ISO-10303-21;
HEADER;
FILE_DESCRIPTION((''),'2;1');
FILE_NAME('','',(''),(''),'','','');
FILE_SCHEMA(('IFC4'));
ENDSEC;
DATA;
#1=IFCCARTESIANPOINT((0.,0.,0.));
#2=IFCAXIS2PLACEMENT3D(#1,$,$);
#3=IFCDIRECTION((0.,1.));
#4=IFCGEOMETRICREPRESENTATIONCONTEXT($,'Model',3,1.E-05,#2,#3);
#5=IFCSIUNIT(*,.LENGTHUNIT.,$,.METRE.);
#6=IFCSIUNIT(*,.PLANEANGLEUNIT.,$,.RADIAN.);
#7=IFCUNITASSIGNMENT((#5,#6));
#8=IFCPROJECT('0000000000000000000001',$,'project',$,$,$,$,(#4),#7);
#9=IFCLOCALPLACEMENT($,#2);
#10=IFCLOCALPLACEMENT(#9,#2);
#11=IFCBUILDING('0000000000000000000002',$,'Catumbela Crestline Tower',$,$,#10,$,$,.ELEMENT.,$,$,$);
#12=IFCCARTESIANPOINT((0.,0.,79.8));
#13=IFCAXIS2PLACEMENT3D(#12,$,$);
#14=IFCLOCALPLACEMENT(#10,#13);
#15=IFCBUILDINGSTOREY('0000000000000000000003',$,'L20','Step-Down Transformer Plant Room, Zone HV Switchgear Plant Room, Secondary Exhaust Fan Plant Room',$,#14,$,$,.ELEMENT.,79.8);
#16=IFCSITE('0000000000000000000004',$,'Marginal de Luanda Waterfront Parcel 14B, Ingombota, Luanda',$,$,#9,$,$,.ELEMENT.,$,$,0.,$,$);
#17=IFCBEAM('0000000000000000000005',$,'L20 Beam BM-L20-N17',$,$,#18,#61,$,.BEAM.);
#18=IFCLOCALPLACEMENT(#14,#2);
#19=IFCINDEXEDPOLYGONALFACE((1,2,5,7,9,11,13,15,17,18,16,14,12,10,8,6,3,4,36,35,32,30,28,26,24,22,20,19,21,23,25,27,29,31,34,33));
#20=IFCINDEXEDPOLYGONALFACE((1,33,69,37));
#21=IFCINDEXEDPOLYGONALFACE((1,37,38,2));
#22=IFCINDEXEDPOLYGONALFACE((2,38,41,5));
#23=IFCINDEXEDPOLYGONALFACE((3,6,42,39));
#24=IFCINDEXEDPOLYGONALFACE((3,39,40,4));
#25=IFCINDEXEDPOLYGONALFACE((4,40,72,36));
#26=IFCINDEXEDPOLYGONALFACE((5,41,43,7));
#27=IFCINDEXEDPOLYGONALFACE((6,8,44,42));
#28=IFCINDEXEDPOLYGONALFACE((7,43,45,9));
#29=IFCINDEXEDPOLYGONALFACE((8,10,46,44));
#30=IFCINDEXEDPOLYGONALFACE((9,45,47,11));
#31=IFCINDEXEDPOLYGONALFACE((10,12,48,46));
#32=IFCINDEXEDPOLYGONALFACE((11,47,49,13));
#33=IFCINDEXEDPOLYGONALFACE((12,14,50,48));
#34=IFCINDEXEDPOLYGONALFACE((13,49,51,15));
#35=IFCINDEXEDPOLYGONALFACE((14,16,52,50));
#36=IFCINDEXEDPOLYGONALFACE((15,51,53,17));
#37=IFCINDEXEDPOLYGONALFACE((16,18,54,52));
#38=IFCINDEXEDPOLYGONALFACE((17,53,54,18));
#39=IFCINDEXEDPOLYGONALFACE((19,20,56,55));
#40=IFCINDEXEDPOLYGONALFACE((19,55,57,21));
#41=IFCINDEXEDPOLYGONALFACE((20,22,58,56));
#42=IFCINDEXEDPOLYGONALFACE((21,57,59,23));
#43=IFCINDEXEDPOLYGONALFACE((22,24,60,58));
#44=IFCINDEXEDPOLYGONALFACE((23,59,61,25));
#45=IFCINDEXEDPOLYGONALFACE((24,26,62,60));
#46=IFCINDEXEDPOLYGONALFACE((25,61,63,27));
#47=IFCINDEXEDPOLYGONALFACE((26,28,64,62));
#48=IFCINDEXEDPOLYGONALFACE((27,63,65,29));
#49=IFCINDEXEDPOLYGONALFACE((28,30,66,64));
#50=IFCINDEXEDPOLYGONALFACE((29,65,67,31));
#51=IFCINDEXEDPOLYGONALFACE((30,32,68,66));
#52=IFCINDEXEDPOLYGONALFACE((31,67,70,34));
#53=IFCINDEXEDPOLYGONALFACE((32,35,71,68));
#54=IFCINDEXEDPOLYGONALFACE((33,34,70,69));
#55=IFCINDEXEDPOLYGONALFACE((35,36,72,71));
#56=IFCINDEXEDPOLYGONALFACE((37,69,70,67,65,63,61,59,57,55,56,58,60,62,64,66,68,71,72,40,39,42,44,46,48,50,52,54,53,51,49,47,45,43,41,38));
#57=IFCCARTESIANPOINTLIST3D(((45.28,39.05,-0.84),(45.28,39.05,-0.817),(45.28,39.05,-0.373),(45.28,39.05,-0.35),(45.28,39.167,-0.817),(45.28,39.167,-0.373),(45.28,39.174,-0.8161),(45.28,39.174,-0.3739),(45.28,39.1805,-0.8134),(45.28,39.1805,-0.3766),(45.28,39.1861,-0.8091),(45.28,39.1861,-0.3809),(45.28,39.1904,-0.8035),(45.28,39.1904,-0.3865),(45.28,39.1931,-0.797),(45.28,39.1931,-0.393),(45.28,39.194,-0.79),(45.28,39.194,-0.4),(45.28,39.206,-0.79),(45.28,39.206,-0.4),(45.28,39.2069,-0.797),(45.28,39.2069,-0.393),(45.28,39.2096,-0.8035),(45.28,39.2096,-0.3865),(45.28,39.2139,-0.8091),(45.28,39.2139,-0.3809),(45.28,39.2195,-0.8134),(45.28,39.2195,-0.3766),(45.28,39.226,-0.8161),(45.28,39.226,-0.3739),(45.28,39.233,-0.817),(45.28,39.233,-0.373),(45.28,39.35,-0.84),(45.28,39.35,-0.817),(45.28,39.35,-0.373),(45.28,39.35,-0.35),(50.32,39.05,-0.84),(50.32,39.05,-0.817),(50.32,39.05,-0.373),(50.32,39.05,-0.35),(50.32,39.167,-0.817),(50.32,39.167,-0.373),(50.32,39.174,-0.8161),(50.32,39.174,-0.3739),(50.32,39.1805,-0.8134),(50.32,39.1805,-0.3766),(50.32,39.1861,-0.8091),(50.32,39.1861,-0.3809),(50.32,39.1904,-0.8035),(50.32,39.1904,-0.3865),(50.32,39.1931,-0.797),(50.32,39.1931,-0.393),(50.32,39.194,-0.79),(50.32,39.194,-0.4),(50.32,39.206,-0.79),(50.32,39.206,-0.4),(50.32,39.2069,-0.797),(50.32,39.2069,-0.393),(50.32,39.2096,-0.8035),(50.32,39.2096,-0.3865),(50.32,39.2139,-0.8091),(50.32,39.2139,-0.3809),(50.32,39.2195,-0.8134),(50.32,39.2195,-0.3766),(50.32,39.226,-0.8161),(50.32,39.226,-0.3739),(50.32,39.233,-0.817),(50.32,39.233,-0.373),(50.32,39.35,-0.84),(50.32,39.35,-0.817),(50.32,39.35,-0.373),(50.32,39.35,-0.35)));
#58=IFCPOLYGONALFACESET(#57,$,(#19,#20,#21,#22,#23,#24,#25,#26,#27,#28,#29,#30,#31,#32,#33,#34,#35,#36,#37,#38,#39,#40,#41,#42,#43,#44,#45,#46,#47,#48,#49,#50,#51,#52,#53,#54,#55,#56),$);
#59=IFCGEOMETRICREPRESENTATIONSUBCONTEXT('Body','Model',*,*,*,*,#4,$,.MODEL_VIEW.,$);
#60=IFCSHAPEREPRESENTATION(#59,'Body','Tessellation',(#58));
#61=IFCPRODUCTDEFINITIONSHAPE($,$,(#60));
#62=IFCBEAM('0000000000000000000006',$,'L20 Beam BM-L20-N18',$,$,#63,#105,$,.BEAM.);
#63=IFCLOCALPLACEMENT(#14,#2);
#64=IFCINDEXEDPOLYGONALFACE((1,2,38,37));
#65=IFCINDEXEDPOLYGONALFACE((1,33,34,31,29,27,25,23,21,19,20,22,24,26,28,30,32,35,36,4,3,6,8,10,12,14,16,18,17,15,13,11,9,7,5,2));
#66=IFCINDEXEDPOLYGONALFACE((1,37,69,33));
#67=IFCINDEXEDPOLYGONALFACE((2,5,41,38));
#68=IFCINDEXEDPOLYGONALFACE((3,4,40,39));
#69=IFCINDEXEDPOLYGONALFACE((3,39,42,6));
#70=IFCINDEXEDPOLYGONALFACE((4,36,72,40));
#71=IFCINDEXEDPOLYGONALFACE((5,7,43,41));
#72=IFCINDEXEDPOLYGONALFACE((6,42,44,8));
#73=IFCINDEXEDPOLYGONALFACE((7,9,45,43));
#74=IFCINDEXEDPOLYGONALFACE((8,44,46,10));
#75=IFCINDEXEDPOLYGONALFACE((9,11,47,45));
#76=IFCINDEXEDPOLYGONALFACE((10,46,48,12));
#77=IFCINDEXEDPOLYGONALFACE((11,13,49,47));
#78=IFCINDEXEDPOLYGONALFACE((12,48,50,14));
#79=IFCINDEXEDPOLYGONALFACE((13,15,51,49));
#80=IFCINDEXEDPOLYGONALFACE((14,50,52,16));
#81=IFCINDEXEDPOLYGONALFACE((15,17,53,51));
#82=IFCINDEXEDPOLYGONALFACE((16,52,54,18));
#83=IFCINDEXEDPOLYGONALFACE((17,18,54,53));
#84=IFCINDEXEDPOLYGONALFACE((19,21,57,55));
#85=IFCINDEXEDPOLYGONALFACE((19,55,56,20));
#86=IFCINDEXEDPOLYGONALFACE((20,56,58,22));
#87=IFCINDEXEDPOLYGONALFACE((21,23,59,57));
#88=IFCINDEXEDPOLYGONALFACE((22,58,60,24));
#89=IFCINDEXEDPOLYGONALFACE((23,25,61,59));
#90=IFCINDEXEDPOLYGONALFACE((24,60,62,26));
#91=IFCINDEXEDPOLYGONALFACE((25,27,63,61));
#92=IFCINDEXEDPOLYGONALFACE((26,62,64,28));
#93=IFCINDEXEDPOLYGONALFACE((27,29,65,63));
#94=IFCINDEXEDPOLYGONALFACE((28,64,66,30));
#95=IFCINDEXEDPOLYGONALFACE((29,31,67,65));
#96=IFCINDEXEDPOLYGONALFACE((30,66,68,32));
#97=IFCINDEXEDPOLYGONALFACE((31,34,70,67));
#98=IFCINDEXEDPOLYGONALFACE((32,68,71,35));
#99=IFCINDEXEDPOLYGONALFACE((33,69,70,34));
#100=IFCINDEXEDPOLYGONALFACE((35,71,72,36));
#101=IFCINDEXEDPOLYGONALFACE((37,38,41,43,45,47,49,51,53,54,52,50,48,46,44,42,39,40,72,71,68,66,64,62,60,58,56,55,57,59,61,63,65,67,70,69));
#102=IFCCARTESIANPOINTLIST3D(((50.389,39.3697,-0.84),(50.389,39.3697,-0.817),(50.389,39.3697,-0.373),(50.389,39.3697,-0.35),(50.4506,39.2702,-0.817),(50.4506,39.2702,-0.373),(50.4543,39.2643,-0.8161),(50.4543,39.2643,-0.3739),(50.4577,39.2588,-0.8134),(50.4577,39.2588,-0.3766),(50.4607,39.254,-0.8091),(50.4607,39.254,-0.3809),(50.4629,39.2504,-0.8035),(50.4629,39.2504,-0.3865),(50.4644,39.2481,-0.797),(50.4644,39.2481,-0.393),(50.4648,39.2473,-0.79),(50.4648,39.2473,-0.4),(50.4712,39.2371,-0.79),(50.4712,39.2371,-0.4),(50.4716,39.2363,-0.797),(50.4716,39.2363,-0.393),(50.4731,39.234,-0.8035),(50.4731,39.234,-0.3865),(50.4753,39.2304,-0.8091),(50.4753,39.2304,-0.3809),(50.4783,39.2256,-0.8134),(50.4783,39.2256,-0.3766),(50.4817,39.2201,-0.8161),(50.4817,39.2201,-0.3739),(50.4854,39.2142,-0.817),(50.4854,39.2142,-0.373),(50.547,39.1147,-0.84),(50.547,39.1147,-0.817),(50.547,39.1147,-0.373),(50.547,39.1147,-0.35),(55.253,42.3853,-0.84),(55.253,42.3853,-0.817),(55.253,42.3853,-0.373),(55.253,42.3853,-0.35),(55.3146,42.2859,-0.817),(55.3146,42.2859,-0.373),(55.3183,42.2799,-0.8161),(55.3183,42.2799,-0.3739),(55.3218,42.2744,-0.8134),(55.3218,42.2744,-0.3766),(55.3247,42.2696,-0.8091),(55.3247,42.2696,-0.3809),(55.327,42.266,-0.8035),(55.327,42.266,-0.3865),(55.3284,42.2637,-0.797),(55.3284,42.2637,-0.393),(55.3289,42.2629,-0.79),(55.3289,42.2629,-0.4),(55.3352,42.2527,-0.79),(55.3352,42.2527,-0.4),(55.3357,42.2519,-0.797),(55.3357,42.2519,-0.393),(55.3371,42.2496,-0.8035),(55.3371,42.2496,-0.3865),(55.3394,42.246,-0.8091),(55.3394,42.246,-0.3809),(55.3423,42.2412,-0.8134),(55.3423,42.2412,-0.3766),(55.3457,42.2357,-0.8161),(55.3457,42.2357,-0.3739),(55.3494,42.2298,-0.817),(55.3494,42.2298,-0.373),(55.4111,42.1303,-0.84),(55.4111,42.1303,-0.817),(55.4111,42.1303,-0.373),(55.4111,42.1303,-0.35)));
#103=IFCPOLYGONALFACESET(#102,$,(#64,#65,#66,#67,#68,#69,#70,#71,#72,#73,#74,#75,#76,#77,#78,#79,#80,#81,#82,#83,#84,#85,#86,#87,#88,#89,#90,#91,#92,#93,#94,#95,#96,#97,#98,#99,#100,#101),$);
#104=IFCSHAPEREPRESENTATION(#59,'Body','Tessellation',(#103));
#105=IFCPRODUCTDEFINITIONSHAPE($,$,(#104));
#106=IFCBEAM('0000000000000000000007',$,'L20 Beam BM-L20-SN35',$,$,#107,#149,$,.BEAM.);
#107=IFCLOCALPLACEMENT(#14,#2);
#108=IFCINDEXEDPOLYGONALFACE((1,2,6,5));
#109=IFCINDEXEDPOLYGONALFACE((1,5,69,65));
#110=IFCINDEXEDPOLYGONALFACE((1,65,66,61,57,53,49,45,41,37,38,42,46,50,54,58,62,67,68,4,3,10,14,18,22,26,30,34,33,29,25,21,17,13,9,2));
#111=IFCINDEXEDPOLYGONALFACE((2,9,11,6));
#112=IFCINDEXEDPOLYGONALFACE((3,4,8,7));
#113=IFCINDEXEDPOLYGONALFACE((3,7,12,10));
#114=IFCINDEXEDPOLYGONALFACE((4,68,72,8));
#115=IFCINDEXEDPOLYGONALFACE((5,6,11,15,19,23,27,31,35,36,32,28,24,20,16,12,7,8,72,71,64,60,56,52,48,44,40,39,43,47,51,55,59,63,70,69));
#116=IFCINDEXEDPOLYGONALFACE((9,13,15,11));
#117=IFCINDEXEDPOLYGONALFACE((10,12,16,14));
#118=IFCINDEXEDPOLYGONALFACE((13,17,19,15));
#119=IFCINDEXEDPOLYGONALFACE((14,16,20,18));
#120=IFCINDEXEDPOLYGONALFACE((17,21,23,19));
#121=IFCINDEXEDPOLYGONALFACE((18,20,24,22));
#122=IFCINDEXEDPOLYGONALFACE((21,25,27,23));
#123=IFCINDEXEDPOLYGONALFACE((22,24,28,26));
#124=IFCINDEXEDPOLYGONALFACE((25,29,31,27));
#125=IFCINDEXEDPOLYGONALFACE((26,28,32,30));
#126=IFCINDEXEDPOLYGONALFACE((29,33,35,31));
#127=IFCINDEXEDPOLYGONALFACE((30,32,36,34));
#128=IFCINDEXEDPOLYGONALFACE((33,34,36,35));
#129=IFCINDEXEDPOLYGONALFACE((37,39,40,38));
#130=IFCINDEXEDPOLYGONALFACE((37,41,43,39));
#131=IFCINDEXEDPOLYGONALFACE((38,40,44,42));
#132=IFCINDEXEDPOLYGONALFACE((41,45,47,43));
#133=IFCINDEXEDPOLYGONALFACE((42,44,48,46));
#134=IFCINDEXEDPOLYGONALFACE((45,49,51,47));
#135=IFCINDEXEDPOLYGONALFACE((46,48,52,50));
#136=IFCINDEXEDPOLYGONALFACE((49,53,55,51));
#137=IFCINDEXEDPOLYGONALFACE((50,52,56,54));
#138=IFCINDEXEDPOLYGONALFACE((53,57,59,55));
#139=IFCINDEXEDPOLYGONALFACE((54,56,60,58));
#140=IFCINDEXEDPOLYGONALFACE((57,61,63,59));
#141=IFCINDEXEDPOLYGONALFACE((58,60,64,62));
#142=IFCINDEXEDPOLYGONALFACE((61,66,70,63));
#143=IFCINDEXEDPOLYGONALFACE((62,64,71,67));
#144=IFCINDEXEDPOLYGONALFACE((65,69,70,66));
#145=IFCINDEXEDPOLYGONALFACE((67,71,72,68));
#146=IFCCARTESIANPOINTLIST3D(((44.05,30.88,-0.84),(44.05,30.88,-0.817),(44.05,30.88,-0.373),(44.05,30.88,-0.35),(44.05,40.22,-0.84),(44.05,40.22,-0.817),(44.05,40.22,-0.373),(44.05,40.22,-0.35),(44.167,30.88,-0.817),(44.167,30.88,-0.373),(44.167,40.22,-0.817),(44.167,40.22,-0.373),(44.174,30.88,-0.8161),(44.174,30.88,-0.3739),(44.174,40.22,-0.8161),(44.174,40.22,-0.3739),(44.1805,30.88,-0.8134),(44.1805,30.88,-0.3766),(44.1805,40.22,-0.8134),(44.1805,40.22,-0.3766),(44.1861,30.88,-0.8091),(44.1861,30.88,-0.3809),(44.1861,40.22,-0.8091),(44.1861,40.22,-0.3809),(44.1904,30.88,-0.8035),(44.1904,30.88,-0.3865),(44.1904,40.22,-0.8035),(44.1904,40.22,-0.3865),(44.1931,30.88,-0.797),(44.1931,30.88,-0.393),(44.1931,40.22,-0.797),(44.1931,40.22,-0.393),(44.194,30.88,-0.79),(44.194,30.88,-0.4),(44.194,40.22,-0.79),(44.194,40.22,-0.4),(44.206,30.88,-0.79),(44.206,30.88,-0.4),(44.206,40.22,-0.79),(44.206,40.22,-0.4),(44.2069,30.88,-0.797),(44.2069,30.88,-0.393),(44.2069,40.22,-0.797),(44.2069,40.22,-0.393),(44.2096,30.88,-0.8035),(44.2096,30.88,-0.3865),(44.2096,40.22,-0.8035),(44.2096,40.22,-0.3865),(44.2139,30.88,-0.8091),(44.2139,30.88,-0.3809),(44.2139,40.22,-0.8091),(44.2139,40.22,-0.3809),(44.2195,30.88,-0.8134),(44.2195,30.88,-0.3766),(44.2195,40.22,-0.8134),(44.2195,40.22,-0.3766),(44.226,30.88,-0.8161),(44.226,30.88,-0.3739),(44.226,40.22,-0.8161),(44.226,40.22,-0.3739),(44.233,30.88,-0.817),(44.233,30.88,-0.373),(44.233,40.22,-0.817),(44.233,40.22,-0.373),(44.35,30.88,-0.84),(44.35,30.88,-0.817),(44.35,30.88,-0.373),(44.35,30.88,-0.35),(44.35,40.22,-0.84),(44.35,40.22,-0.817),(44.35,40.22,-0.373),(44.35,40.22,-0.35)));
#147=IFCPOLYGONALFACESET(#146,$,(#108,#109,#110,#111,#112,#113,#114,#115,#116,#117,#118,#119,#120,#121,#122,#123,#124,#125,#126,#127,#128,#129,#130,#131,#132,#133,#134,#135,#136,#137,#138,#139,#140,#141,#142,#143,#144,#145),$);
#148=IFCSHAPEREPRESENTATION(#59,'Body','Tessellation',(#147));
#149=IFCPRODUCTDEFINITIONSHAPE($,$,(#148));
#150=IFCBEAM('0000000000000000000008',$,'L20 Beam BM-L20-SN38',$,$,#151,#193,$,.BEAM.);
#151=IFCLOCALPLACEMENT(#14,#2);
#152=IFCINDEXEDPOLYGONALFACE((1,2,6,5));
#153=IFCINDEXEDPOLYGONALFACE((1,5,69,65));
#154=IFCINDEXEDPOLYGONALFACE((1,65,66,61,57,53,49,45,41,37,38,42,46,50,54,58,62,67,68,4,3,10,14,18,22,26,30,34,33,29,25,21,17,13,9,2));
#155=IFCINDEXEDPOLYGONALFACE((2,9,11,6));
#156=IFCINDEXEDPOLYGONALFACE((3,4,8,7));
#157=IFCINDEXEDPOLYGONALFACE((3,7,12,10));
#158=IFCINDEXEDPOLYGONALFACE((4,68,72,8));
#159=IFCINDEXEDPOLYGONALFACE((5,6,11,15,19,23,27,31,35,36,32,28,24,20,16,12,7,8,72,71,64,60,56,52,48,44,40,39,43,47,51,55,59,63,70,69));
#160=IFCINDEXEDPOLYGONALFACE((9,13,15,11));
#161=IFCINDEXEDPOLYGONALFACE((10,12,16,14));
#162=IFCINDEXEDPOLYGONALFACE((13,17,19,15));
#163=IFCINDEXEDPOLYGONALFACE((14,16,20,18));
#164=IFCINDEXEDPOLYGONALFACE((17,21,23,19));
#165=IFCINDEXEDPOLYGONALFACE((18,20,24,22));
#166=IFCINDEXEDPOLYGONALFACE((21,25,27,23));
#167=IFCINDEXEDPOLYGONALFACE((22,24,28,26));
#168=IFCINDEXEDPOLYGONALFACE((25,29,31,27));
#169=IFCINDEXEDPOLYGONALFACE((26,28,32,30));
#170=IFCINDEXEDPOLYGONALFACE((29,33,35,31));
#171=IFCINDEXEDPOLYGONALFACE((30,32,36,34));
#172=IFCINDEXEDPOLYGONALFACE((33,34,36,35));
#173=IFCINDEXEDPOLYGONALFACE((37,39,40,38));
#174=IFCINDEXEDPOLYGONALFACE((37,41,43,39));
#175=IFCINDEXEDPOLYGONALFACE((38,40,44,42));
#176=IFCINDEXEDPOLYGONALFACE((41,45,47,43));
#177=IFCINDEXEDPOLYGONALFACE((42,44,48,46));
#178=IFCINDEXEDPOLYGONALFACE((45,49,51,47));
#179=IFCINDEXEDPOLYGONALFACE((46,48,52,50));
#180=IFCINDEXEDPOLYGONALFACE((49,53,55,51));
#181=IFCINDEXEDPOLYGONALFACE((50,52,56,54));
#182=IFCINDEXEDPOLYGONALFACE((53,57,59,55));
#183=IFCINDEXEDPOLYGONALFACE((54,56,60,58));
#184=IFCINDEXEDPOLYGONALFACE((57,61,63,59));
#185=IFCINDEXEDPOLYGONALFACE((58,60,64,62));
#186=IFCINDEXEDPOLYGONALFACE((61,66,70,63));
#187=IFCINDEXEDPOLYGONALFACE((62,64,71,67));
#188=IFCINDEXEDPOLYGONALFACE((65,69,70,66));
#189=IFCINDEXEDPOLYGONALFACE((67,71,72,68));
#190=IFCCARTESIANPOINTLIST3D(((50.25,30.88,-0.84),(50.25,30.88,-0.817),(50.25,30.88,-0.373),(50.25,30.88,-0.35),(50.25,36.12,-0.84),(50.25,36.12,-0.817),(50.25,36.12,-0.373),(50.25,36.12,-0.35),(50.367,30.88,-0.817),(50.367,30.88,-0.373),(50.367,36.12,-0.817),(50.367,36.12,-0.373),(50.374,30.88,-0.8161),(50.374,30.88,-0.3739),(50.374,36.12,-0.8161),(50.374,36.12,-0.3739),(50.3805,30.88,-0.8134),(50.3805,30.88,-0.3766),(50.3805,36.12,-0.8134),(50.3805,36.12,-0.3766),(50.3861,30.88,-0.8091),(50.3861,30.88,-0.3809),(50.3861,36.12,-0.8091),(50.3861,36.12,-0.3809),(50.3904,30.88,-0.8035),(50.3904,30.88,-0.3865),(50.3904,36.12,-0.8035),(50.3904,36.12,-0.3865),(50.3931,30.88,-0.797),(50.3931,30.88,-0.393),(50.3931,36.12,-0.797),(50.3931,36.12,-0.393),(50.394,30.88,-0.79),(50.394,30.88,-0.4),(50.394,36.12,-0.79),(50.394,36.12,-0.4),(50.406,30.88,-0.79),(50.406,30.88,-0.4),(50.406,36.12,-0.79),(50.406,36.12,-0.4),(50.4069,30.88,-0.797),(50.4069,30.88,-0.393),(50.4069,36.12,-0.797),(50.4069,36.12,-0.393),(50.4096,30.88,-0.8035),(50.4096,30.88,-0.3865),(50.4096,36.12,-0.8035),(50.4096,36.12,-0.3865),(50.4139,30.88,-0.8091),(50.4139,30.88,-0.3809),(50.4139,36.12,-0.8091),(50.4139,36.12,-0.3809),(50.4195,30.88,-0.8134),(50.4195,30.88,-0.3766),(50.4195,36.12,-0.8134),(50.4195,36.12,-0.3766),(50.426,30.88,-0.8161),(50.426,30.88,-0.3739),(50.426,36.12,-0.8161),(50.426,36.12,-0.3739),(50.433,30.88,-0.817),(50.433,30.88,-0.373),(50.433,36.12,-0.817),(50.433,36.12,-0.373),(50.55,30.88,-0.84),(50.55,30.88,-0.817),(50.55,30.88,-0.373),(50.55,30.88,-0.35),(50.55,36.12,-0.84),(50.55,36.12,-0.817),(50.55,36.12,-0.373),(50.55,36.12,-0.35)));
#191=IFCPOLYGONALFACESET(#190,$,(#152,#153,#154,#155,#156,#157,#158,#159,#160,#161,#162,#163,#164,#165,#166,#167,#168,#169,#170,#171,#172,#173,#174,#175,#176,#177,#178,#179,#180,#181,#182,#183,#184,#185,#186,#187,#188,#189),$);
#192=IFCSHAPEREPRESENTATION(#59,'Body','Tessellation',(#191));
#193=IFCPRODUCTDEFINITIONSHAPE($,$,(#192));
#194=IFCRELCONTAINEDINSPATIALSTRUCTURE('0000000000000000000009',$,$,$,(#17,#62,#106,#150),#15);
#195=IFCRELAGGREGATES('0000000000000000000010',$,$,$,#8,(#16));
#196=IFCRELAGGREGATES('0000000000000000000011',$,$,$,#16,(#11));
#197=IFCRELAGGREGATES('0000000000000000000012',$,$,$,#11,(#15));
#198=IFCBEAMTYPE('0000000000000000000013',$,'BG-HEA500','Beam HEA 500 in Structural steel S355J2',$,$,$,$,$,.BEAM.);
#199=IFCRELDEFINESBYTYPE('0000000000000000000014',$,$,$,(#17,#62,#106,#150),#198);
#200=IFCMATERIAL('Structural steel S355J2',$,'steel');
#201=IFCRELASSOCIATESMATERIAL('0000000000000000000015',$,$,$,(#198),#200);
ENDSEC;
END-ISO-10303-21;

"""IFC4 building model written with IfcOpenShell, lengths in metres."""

from ifc_helpers import new_model, si_unit, direction, frame, origin, origin_2d, place, context, subcontext, project, spatial, i_section, extrude, material, material_profile, profile_set, type_object, element, save


model = new_model("IFC4")

# Units and contexts
model_context = context("Model", 3, precision=1e-05, world=origin(), true_north=direction((0.0, 1.0)))
body_context = subcontext(model_context, "Body", "Model", "MODEL_VIEW")
ifc_project = project(units=[si_unit("LENGTHUNIT", "METRE"), si_unit("PLANEANGLEUNIT", "RADIAN")], contexts=[model_context])

# Site, building, storey
site_placement = place(None, origin())
site = spatial("IfcSite", under=ifc_project, at=site_placement, Name="Marginal de Luanda Waterfront Parcel 14B, Ingombota, Luanda", CompositionType="ELEMENT", RefElevation=0.0)
building_placement = place(site_placement, origin())
building = spatial("IfcBuilding", under=site, at=building_placement, Name="Catumbela Crestline Tower", CompositionType="ELEMENT")
storey_placement = place(building_placement, frame((0.0, 0.0, 79.8)))
storey = spatial("IfcBuildingStorey", under=building, at=storey_placement, Name="L20", Description="Step-Down Transformer Plant Room, Zone HV Switchgear Plant Room, Secondary Exhaust Fan Plant Room", CompositionType="ELEMENT", Elevation=79.8)

# Beams
ifc_material_1 = material(Name="Structural steel S355J2", Category="steel")
ifc_material_profile_1 = material_profile(ifc_material_1, i_section(OverallWidth=0.3, OverallDepth=0.49, WebThickness=0.012, FlangeThickness=0.023, FilletRadius=0.027, at=origin_2d()), Name="HEA 500")
ifc_profile_set_1 = profile_set([ifc_material_profile_1], Name="Structural steel S355J2")
beam_type_1 = type_object("IfcBeamType", Name="BG-HEA500", Description="Beam HEA 500 in Structural steel S355J2", PredefinedType="BEAM", material=ifc_profile_set_1)
beam_1_placement = place(storey_placement, frame((45.28, 39.2, -0.595), z_axis=(1.0, 0.0, 0.0), x_axis=(0.0, 1.0, 0.0)))
element("IfcBeam", 1, at=beam_1_placement, inside=storey, type_object=beam_type_1, Name="L20 Beam BM-L20-N17", PredefinedType="BEAM", context=body_context, shape_type="SweptSolid", body=[
    extrude(i_section(OverallWidth=0.3, OverallDepth=0.49, WebThickness=0.012, FlangeThickness=0.023, FilletRadius=0.027, at=origin_2d()), origin(), (0.0, 0.0, 1.0), 5.04),
])
beam_2_placement = place(storey_placement, frame((50.468, 39.2422, -0.595), z_axis=(0.849909, 0.52693, 0.0), x_axis=(-0.52693, 0.849909, 0.0)))
element("IfcBeam", 2, at=beam_2_placement, inside=storey, type_object=beam_type_1, Name="L20 Beam BM-L20-N18", PredefinedType="BEAM", context=body_context, shape_type="SweptSolid", body=[
    extrude(i_section(OverallWidth=0.3, OverallDepth=0.49, WebThickness=0.012, FlangeThickness=0.023, FilletRadius=0.027, at=origin_2d()), origin(), (0.0, 0.0, 1.0), 5.723),
])
beam_3_placement = place(storey_placement, frame((44.2, 30.88, -0.595), z_axis=(0.0, 1.0, 0.0), x_axis=(-1.0, 0.0, 0.0)))
element("IfcBeam", 3, at=beam_3_placement, inside=storey, type_object=beam_type_1, Name="L20 Beam BM-L20-SN35", PredefinedType="BEAM", context=body_context, shape_type="SweptSolid", body=[
    extrude(i_section(OverallWidth=0.3, OverallDepth=0.49, WebThickness=0.012, FlangeThickness=0.023, FilletRadius=0.027, at=origin_2d()), origin(), (0.0, 0.0, 1.0), 9.34),
])
beam_4_placement = place(storey_placement, frame((50.4, 30.88, -0.595), z_axis=(0.0, 1.0, 0.0), x_axis=(-1.0, 0.0, 0.0)))
element("IfcBeam", 4, at=beam_4_placement, inside=storey, type_object=beam_type_1, Name="L20 Beam BM-L20-SN38", PredefinedType="BEAM", context=body_context, shape_type="SweptSolid", body=[
    extrude(i_section(OverallWidth=0.3, OverallDepth=0.49, WebThickness=0.012, FlangeThickness=0.023, FilletRadius=0.027, at=origin_2d()), origin(), (0.0, 0.0, 1.0), 5.24),
])

save(model, "model.ifc")
